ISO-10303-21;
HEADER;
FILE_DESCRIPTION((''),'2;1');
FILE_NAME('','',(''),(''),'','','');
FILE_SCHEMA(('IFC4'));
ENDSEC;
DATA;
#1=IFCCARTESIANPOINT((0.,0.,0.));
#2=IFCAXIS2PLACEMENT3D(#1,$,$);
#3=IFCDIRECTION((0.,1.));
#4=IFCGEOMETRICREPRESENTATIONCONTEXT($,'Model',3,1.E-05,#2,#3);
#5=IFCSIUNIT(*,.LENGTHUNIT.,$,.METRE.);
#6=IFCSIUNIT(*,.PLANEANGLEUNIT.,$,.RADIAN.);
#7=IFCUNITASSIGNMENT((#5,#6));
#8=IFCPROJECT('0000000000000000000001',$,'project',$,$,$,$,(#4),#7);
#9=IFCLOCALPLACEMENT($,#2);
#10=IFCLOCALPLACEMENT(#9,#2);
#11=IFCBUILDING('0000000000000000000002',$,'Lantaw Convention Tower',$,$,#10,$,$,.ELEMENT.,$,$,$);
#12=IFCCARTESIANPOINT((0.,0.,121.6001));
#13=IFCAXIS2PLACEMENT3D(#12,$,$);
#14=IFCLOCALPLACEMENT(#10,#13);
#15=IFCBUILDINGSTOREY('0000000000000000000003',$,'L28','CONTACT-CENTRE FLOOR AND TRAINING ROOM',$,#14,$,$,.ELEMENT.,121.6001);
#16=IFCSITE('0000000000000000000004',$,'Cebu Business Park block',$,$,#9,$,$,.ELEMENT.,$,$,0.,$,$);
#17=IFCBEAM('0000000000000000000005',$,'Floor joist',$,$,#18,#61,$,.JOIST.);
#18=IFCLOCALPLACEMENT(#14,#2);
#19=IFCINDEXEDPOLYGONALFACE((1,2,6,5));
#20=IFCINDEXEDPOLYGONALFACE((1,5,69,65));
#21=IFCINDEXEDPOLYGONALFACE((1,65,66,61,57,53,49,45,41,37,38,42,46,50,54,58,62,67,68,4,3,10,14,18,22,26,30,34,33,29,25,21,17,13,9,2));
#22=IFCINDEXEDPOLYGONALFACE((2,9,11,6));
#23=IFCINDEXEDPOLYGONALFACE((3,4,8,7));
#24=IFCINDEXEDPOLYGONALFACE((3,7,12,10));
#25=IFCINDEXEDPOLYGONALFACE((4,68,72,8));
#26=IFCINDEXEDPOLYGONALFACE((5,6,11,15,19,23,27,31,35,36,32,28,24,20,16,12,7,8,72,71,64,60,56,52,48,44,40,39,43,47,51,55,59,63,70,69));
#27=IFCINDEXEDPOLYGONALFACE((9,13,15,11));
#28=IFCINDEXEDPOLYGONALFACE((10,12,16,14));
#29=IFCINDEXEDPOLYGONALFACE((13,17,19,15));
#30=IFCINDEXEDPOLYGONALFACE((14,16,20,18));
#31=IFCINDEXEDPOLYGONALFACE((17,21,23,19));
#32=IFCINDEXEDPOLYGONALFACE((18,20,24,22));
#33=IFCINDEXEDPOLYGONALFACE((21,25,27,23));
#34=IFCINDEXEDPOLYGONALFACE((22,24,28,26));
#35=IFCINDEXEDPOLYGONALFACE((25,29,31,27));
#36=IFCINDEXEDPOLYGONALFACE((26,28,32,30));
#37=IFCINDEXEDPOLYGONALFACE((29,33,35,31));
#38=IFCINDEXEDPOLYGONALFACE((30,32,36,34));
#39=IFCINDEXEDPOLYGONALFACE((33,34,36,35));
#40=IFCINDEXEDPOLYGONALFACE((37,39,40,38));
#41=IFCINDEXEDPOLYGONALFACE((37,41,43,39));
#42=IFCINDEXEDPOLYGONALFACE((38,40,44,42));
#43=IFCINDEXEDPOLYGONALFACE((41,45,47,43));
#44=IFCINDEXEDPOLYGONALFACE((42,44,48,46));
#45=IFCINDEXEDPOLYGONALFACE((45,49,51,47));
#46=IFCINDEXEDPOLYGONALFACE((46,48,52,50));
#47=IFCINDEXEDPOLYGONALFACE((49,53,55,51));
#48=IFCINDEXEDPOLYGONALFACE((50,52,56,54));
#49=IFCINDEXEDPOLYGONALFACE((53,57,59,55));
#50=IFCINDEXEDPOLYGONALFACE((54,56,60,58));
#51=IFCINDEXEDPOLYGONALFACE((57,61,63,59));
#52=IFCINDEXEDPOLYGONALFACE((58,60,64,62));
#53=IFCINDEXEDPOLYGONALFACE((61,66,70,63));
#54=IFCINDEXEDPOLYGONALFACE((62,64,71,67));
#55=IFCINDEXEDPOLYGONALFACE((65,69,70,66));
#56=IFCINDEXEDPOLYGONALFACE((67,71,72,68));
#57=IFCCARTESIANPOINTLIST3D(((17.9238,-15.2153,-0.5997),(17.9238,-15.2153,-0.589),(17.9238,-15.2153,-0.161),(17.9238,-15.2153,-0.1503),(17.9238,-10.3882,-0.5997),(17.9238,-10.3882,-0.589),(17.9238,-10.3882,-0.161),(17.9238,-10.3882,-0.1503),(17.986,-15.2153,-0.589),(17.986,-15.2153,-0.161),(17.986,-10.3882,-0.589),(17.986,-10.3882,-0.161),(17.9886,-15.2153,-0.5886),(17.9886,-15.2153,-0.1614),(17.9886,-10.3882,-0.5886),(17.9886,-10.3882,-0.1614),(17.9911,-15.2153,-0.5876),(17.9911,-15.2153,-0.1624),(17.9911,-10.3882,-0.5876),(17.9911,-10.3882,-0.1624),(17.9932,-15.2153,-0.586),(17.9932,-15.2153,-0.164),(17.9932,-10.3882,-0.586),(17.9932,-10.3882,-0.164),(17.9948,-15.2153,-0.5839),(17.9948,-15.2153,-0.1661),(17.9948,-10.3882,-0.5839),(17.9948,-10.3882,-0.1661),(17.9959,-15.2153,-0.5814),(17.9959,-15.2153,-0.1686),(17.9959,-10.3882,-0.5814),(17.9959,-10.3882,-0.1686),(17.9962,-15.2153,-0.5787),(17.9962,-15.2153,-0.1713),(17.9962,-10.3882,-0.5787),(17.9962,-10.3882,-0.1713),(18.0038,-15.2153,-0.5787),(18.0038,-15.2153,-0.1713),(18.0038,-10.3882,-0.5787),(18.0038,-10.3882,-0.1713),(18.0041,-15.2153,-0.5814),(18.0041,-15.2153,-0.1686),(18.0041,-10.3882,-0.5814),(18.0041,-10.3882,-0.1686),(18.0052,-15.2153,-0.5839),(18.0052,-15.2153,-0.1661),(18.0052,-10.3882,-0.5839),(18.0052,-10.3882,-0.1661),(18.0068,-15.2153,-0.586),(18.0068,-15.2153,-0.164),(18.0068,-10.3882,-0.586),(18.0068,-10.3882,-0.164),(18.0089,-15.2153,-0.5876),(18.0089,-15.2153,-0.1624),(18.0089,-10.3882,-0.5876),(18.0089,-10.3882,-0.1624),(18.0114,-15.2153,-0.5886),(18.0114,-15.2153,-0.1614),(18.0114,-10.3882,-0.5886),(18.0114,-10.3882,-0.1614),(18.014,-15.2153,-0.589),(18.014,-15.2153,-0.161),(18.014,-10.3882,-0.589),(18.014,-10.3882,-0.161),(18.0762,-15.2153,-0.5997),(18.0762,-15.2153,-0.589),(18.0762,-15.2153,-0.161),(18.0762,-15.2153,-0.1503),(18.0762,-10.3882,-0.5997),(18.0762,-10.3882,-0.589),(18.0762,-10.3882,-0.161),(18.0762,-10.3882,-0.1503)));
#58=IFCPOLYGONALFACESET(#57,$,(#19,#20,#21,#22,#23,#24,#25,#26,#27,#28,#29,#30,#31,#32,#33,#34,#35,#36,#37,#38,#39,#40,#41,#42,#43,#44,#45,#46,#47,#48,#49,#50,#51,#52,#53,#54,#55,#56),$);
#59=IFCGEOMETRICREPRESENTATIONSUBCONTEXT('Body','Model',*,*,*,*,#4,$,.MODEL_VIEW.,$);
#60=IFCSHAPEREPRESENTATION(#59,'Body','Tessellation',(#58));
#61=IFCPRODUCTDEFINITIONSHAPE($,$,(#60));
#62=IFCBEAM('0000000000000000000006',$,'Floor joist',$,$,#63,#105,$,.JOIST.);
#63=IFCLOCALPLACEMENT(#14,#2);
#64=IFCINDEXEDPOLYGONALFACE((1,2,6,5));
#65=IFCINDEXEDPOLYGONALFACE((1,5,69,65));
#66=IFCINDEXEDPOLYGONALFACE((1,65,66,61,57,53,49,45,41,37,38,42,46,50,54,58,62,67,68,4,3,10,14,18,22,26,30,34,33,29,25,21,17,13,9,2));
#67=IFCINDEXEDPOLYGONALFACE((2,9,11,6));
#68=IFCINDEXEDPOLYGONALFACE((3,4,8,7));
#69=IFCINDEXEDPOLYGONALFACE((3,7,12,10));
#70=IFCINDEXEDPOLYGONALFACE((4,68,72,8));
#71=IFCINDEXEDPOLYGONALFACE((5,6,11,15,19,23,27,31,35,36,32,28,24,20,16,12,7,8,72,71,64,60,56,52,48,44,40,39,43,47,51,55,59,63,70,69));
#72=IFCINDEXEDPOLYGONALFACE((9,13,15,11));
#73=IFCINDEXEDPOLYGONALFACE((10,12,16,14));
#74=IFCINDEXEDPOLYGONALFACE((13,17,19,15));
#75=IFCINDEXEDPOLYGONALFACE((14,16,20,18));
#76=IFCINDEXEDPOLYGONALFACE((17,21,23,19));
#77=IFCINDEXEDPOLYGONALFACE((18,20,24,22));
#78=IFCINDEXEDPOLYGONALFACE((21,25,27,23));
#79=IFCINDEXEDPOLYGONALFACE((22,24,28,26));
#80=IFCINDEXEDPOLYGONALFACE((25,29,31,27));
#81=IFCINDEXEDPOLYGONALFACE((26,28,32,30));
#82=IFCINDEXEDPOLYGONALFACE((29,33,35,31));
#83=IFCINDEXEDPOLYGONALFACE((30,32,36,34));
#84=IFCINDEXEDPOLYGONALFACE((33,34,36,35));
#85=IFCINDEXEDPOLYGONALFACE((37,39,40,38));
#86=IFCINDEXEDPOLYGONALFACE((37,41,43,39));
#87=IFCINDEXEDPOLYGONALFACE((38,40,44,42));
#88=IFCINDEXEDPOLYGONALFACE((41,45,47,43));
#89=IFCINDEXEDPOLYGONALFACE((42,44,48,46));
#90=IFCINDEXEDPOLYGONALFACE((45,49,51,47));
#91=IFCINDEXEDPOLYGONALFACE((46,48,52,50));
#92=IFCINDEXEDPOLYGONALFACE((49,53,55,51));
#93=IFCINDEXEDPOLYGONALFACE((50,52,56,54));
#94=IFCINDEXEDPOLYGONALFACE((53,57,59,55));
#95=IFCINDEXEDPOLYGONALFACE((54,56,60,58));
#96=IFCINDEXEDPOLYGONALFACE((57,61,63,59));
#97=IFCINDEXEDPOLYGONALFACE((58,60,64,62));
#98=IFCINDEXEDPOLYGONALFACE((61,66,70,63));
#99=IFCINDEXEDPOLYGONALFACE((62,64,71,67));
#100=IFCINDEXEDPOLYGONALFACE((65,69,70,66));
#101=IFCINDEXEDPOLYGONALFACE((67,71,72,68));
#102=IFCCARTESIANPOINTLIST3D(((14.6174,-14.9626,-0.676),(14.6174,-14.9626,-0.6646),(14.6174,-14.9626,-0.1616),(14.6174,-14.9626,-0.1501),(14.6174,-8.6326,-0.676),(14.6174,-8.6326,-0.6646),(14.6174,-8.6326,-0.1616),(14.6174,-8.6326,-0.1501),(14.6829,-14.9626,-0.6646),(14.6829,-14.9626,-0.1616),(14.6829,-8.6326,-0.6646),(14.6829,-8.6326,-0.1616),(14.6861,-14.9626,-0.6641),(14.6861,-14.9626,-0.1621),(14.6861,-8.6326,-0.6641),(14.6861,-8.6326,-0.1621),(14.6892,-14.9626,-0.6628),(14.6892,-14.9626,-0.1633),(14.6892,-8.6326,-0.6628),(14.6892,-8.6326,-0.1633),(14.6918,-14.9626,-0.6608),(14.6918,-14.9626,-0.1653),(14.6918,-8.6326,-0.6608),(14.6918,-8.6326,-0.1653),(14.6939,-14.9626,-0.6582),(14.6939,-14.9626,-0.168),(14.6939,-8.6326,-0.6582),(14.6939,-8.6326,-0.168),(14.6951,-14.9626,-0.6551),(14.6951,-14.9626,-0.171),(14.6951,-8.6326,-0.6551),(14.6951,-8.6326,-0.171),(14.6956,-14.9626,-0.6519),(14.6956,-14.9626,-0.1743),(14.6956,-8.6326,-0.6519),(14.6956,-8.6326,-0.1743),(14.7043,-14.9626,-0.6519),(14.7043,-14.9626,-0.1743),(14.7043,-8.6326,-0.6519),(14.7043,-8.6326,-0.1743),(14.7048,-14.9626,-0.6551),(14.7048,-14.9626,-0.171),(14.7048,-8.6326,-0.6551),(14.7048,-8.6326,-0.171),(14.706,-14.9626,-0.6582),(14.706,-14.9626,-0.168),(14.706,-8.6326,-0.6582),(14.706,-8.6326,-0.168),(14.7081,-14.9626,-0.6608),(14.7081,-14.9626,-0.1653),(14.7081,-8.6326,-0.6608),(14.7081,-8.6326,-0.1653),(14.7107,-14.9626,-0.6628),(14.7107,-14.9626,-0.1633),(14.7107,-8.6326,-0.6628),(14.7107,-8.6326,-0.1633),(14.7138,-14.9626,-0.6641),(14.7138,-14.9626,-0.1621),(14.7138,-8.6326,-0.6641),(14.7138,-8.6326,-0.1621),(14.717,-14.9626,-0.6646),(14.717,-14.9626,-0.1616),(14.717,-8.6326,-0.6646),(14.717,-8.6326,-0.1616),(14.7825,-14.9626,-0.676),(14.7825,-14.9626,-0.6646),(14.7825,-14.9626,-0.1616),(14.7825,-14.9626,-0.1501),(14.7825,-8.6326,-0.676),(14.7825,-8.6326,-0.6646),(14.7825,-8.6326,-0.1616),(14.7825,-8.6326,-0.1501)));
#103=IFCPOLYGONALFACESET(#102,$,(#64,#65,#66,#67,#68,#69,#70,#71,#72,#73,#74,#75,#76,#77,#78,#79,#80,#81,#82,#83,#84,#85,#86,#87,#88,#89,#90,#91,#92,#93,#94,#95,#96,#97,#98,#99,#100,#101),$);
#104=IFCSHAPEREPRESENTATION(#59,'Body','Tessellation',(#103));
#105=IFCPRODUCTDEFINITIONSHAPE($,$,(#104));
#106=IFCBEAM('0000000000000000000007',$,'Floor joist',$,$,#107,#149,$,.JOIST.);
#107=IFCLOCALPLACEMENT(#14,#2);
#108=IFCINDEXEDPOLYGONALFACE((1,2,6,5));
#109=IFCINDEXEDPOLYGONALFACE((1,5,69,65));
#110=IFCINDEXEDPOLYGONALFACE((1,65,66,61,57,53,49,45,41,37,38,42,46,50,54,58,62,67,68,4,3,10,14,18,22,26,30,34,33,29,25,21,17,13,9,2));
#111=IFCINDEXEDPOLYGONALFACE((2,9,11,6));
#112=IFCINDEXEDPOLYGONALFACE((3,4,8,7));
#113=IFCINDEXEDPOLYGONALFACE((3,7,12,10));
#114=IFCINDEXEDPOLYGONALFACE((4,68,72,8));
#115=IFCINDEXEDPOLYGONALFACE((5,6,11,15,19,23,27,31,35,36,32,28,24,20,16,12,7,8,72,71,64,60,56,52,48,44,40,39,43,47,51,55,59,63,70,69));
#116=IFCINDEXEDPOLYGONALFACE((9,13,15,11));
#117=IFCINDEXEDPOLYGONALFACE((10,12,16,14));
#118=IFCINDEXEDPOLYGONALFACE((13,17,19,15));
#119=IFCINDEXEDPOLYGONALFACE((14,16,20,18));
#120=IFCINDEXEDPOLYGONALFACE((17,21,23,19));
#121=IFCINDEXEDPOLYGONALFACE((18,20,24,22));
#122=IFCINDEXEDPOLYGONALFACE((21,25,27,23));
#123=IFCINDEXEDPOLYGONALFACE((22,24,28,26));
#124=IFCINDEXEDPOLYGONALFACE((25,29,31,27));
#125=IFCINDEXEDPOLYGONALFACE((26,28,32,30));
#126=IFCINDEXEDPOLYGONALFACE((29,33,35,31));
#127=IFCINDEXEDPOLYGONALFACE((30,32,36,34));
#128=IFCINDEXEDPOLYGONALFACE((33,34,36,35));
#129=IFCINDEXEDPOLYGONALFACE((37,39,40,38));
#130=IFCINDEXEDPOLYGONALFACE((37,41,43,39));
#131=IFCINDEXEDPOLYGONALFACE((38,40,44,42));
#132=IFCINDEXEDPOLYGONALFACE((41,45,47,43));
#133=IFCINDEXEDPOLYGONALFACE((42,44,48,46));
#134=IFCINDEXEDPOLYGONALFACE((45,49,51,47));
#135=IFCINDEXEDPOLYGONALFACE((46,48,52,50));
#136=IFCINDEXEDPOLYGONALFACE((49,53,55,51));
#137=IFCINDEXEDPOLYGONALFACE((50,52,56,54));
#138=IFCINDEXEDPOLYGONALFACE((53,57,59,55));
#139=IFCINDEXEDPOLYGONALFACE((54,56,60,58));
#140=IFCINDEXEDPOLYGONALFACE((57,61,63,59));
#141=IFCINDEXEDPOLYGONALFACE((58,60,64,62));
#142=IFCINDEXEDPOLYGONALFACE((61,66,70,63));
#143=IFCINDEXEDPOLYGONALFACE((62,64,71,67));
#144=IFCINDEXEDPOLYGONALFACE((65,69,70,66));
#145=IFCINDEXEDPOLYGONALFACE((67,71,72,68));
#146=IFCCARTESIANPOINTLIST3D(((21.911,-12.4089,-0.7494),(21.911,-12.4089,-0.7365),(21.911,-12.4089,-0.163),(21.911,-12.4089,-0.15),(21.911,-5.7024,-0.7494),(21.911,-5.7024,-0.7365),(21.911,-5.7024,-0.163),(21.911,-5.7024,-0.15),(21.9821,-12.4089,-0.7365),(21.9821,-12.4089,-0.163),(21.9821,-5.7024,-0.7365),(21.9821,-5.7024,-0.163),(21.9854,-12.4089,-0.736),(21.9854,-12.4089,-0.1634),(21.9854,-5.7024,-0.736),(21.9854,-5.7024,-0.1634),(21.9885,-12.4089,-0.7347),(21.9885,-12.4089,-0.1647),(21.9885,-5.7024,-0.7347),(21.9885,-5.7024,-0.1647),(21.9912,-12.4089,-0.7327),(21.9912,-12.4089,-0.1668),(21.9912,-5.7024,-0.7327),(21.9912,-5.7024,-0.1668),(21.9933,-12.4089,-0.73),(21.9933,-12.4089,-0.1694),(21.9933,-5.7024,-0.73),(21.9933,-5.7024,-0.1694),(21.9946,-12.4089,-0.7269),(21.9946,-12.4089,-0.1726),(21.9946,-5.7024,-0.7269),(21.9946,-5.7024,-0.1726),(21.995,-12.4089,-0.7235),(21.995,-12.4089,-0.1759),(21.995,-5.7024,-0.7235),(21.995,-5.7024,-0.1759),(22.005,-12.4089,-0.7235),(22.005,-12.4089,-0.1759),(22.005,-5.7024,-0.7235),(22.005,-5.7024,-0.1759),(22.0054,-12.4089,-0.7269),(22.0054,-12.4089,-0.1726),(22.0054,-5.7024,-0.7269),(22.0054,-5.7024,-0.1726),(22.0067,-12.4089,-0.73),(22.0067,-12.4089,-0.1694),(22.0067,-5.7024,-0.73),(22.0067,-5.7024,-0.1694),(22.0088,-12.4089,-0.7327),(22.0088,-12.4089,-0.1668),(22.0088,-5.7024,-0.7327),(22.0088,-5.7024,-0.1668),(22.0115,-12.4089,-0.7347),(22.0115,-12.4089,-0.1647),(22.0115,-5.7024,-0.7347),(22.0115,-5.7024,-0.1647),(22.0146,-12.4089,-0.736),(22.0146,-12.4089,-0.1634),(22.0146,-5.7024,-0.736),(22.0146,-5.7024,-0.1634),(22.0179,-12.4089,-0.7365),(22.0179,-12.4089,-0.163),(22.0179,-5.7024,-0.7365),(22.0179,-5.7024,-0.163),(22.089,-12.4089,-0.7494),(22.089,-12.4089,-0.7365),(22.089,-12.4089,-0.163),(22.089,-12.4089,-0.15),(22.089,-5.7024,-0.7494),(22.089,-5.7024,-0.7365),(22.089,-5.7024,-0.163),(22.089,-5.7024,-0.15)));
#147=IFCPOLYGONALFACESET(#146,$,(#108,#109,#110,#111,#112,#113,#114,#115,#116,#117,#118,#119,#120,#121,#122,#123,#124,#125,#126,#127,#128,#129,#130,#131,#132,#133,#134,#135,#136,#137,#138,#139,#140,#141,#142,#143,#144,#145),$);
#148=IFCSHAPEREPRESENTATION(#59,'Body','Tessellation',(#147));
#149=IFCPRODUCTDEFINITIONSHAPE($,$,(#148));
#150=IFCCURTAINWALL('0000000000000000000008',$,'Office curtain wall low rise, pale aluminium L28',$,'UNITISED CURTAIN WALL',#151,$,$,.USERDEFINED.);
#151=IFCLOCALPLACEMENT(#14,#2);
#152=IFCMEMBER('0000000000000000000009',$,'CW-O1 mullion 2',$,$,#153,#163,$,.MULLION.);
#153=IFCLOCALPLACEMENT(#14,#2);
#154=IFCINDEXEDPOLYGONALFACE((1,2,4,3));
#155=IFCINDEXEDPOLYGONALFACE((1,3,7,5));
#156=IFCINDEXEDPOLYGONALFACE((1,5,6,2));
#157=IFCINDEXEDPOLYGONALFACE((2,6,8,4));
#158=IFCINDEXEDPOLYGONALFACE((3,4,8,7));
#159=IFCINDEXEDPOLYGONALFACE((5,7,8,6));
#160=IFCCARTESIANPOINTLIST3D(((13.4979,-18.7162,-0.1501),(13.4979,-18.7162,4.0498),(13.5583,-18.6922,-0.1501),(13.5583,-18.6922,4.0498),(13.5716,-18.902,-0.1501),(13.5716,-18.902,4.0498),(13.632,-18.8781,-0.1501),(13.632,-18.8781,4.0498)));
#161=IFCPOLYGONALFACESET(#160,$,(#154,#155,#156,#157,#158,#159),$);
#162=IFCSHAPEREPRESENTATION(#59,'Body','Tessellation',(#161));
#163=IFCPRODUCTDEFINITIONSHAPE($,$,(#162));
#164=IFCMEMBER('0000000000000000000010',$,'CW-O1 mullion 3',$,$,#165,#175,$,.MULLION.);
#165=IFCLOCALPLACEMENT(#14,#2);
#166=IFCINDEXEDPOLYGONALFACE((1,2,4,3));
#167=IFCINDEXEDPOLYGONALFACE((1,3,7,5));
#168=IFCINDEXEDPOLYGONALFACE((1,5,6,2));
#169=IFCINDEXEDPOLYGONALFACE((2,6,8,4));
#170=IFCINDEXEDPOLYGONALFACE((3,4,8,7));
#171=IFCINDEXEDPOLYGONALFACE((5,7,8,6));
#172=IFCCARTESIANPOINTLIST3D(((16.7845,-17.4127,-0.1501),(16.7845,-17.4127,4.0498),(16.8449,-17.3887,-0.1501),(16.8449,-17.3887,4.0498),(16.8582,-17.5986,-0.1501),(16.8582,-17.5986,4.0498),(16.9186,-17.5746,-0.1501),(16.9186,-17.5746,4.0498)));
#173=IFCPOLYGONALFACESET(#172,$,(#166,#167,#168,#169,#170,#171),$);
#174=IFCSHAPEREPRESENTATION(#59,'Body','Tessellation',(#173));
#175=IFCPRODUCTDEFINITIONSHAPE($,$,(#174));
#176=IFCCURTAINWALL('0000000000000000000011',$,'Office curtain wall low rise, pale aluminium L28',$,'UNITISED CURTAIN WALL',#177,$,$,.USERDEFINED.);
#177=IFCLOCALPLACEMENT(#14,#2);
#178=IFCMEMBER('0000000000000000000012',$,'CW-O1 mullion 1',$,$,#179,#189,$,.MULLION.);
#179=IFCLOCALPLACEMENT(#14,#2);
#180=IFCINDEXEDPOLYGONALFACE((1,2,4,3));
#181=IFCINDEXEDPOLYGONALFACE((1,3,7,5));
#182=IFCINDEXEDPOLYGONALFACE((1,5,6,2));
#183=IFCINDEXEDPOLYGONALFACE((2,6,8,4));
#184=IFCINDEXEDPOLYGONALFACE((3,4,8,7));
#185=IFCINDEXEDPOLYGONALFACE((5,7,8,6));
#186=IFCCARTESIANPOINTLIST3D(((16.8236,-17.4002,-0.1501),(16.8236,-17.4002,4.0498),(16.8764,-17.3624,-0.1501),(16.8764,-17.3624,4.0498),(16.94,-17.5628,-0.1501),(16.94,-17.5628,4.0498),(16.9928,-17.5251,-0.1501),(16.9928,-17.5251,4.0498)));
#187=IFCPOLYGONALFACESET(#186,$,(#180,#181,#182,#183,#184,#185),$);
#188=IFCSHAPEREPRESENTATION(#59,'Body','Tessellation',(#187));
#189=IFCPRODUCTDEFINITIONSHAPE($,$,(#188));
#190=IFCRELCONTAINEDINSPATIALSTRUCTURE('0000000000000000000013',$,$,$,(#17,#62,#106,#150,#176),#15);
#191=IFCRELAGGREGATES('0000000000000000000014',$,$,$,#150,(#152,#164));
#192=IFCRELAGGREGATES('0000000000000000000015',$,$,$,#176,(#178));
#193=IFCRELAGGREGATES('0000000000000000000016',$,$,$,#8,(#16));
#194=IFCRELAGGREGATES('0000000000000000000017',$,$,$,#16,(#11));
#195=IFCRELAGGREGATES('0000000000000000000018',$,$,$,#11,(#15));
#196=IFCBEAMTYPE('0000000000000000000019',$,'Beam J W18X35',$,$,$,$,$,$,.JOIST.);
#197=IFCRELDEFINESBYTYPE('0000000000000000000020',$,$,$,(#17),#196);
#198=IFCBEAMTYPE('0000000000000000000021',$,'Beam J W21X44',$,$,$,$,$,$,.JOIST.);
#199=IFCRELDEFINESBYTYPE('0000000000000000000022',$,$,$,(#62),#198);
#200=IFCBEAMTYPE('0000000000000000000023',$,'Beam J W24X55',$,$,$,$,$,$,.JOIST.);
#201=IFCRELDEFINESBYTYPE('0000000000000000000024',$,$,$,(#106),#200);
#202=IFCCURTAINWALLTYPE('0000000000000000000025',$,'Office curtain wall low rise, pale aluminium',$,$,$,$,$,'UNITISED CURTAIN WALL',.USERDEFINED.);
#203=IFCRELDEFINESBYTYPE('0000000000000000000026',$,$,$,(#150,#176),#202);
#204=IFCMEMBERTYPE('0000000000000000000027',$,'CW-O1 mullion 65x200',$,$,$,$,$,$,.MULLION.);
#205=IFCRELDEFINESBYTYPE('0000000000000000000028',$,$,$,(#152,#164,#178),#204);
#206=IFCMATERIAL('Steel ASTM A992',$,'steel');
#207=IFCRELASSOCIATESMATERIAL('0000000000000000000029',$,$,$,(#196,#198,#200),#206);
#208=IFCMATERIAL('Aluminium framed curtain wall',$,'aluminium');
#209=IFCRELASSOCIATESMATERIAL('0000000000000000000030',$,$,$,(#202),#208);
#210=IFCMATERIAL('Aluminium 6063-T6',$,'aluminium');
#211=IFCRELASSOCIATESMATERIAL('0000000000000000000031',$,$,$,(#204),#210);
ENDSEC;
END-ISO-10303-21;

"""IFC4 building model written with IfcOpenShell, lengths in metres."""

from ifc_helpers import new_model, si_unit, direction, frame, origin, origin_2d, place, context, subcontext, project, spatial, rectangle, i_section, extrude, material, material_profile, profile_set, type_object, element, aggregate, save


model = new_model("IFC4")

# Units and contexts
model_context = context("Model", 3, precision=1e-05, world=origin(), true_north=direction((0.0, 1.0)))
body_context = subcontext(model_context, "Body", "Model", "MODEL_VIEW")
ifc_project = project(units=[si_unit("LENGTHUNIT", "METRE"), si_unit("PLANEANGLEUNIT", "RADIAN")], contexts=[model_context])

# Site, building, storey
site_placement = place(None, origin())
site = spatial("IfcSite", under=ifc_project, at=site_placement, Name="Cebu Business Park block", CompositionType="ELEMENT", RefElevation=0.0)
building_placement = place(site_placement, origin())
building = spatial("IfcBuilding", under=site, at=building_placement, Name="Lantaw Convention Tower", CompositionType="ELEMENT")
storey_placement = place(building_placement, frame((0.0, 0.0, 121.6001)))
storey = spatial("IfcBuildingStorey", under=building, at=storey_placement, Name="L28", Description="CONTACT-CENTRE FLOOR AND TRAINING ROOM", CompositionType="ELEMENT", Elevation=121.6001)

# Beams
ifc_material_1 = material(Name="Steel ASTM A992", Category="steel")
ifc_material_profile_1 = material_profile(ifc_material_1, i_section(OverallWidth=0.1523, OverallDepth=0.4495, WebThickness=0.0076, FlangeThickness=0.0107, FilletRadius=0.0103, at=origin_2d()), Name="W18X35")
ifc_profile_set_1 = profile_set([ifc_material_profile_1], Name="Steel ASTM A992")
beam_type_1 = type_object("IfcBeamType", Name="Beam J W18X35", PredefinedType="JOIST", material=ifc_profile_set_1)
beam_1_placement = place(storey_placement, frame((18.0, -15.2153, -0.375), z_axis=(0.0, 1.0, 0.0), x_axis=(-1.0, 0.0, 0.0)))
element("IfcBeam", 1, at=beam_1_placement, inside=storey, type_object=beam_type_1, Name="Floor joist", PredefinedType="JOIST", context=body_context, shape_type="SweptSolid", body=[
    extrude(i_section(OverallWidth=0.1523, OverallDepth=0.4495, WebThickness=0.0076, FlangeThickness=0.0107, FilletRadius=0.0103, at=origin_2d()), origin(), (0.0, 0.0, 1.0), 4.8271),
])
ifc_material_profile_2 = material_profile(ifc_material_1, i_section(OverallWidth=0.165, OverallDepth=0.5259, WebThickness=0.0088, FlangeThickness=0.0115, FilletRadius=0.0127, at=origin_2d()), Name="W21X44")
ifc_profile_set_2 = profile_set([ifc_material_profile_2], Name="Steel ASTM A992")
beam_type_2 = type_object("IfcBeamType", Name="Beam J W21X44", PredefinedType="JOIST", material=ifc_profile_set_2)
beam_2_placement = place(storey_placement, frame((14.7, -14.9626, -0.4131), z_axis=(0.0, 1.0, 0.0), x_axis=(-1.0, 0.0, 0.0)))
element("IfcBeam", 2, at=beam_2_placement, inside=storey, type_object=beam_type_2, Name="Floor joist", PredefinedType="JOIST", context=body_context, shape_type="SweptSolid", body=[
    extrude(i_section(OverallWidth=0.165, OverallDepth=0.5259, WebThickness=0.0088, FlangeThickness=0.0115, FilletRadius=0.0127, at=origin_2d()), origin(), (0.0, 0.0, 1.0), 6.3301),
])
ifc_material_profile_3 = material_profile(ifc_material_1, i_section(OverallWidth=0.178, OverallDepth=0.5994, WebThickness=0.01, FlangeThickness=0.0129, FilletRadius=0.0129, at=origin_2d()), Name="W24X55")
ifc_profile_set_3 = profile_set([ifc_material_profile_3], Name="Steel ASTM A992")
beam_type_3 = type_object("IfcBeamType", Name="Beam J W24X55", PredefinedType="JOIST", material=ifc_profile_set_3)
beam_3_placement = place(storey_placement, frame((22.0, -12.4089, -0.4497), z_axis=(0.0, 1.0, 0.0), x_axis=(-1.0, 0.0, 0.0)))
element("IfcBeam", 3, at=beam_3_placement, inside=storey, type_object=beam_type_3, Name="Floor joist", PredefinedType="JOIST", context=body_context, shape_type="SweptSolid", body=[
    extrude(i_section(OverallWidth=0.178, OverallDepth=0.5994, WebThickness=0.01, FlangeThickness=0.0129, FilletRadius=0.0129, at=origin_2d()), origin(), (0.0, 0.0, 1.0), 6.7065),
])

# Curtain walls, members
ifc_material_2 = material(Name="Aluminium framed curtain wall", Category="aluminium")
curtain_wall_type = type_object("IfcCurtainWallType", Name="Office curtain wall low rise, pale aluminium", ElementType="UNITISED CURTAIN WALL", PredefinedType="USERDEFINED", material=ifc_material_2)
curtain_wall_1_placement = place(storey_placement, origin())
curtain_wall_1 = element("IfcCurtainWall", 4, at=curtain_wall_1_placement, inside=storey, type_object=curtain_wall_type, Name="Office curtain wall low rise, pale aluminium L28", ObjectType="UNITISED CURTAIN WALL", PredefinedType="USERDEFINED")
ifc_material_3 = material(Name="Aluminium 6063-T6", Category="aluminium")
ifc_material_profile_4 = material_profile(ifc_material_3, rectangle(XDim=0.2, YDim=0.0649, at=origin_2d()), Name="CW-O1 mullion 65x200")
ifc_profile_set_4 = profile_set([ifc_material_profile_4], Name="Aluminium 6063-T6")
member_type_1 = type_object("IfcMemberType", Name="CW-O1 mullion 65x200", PredefinedType="MULLION", material=ifc_profile_set_4)
member_1_placement = place(storey_placement, frame((13.5649, -18.7971, -0.1501), z_axis=(0.0, 0.0, 1.0), x_axis=(-0.368702, 0.929548, 0.0)))
member_1 = element("IfcMember", 5, at=member_1_placement, type_object=member_type_1, Name="CW-O1 mullion 2", PredefinedType="MULLION", context=body_context, shape_type="SweptSolid", body=[
    extrude(rectangle(XDim=0.2, YDim=0.0649, at=origin_2d()), origin(), (0.0, 0.0, 1.0), 4.2),
])
member_2_placement = place(storey_placement, frame((16.8516, -17.4937, -0.1501), z_axis=(0.0, 0.0, 1.0), x_axis=(-0.368702, 0.929548, 0.0)))
member_2 = element("IfcMember", 6, at=member_2_placement, type_object=member_type_1, Name="CW-O1 mullion 3", PredefinedType="MULLION", context=body_context, shape_type="SweptSolid", body=[
    extrude(rectangle(XDim=0.2, YDim=0.0649, at=origin_2d()), origin(), (0.0, 0.0, 1.0), 4.2),
])
curtain_wall_2_placement = place(storey_placement, origin())
curtain_wall_2 = element("IfcCurtainWall", 7, at=curtain_wall_2_placement, inside=storey, type_object=curtain_wall_type, Name="Office curtain wall low rise, pale aluminium L28", ObjectType="UNITISED CURTAIN WALL", PredefinedType="USERDEFINED")
member_3_placement = place(storey_placement, frame((16.9082, -17.4626, -0.1501), z_axis=(0.0, 0.0, 1.0), x_axis=(-0.581973, 0.813208, 0.0)))
member_3 = element("IfcMember", 8, at=member_3_placement, type_object=member_type_1, Name="CW-O1 mullion 1", PredefinedType="MULLION", context=body_context, shape_type="SweptSolid", body=[
    extrude(rectangle(XDim=0.2, YDim=0.0649, at=origin_2d()), origin(), (0.0, 0.0, 1.0), 4.2),
])

aggregate(curtain_wall_1, [member_1, member_2])
aggregate(curtain_wall_2, [member_3])

save(model, "model.ifc")
